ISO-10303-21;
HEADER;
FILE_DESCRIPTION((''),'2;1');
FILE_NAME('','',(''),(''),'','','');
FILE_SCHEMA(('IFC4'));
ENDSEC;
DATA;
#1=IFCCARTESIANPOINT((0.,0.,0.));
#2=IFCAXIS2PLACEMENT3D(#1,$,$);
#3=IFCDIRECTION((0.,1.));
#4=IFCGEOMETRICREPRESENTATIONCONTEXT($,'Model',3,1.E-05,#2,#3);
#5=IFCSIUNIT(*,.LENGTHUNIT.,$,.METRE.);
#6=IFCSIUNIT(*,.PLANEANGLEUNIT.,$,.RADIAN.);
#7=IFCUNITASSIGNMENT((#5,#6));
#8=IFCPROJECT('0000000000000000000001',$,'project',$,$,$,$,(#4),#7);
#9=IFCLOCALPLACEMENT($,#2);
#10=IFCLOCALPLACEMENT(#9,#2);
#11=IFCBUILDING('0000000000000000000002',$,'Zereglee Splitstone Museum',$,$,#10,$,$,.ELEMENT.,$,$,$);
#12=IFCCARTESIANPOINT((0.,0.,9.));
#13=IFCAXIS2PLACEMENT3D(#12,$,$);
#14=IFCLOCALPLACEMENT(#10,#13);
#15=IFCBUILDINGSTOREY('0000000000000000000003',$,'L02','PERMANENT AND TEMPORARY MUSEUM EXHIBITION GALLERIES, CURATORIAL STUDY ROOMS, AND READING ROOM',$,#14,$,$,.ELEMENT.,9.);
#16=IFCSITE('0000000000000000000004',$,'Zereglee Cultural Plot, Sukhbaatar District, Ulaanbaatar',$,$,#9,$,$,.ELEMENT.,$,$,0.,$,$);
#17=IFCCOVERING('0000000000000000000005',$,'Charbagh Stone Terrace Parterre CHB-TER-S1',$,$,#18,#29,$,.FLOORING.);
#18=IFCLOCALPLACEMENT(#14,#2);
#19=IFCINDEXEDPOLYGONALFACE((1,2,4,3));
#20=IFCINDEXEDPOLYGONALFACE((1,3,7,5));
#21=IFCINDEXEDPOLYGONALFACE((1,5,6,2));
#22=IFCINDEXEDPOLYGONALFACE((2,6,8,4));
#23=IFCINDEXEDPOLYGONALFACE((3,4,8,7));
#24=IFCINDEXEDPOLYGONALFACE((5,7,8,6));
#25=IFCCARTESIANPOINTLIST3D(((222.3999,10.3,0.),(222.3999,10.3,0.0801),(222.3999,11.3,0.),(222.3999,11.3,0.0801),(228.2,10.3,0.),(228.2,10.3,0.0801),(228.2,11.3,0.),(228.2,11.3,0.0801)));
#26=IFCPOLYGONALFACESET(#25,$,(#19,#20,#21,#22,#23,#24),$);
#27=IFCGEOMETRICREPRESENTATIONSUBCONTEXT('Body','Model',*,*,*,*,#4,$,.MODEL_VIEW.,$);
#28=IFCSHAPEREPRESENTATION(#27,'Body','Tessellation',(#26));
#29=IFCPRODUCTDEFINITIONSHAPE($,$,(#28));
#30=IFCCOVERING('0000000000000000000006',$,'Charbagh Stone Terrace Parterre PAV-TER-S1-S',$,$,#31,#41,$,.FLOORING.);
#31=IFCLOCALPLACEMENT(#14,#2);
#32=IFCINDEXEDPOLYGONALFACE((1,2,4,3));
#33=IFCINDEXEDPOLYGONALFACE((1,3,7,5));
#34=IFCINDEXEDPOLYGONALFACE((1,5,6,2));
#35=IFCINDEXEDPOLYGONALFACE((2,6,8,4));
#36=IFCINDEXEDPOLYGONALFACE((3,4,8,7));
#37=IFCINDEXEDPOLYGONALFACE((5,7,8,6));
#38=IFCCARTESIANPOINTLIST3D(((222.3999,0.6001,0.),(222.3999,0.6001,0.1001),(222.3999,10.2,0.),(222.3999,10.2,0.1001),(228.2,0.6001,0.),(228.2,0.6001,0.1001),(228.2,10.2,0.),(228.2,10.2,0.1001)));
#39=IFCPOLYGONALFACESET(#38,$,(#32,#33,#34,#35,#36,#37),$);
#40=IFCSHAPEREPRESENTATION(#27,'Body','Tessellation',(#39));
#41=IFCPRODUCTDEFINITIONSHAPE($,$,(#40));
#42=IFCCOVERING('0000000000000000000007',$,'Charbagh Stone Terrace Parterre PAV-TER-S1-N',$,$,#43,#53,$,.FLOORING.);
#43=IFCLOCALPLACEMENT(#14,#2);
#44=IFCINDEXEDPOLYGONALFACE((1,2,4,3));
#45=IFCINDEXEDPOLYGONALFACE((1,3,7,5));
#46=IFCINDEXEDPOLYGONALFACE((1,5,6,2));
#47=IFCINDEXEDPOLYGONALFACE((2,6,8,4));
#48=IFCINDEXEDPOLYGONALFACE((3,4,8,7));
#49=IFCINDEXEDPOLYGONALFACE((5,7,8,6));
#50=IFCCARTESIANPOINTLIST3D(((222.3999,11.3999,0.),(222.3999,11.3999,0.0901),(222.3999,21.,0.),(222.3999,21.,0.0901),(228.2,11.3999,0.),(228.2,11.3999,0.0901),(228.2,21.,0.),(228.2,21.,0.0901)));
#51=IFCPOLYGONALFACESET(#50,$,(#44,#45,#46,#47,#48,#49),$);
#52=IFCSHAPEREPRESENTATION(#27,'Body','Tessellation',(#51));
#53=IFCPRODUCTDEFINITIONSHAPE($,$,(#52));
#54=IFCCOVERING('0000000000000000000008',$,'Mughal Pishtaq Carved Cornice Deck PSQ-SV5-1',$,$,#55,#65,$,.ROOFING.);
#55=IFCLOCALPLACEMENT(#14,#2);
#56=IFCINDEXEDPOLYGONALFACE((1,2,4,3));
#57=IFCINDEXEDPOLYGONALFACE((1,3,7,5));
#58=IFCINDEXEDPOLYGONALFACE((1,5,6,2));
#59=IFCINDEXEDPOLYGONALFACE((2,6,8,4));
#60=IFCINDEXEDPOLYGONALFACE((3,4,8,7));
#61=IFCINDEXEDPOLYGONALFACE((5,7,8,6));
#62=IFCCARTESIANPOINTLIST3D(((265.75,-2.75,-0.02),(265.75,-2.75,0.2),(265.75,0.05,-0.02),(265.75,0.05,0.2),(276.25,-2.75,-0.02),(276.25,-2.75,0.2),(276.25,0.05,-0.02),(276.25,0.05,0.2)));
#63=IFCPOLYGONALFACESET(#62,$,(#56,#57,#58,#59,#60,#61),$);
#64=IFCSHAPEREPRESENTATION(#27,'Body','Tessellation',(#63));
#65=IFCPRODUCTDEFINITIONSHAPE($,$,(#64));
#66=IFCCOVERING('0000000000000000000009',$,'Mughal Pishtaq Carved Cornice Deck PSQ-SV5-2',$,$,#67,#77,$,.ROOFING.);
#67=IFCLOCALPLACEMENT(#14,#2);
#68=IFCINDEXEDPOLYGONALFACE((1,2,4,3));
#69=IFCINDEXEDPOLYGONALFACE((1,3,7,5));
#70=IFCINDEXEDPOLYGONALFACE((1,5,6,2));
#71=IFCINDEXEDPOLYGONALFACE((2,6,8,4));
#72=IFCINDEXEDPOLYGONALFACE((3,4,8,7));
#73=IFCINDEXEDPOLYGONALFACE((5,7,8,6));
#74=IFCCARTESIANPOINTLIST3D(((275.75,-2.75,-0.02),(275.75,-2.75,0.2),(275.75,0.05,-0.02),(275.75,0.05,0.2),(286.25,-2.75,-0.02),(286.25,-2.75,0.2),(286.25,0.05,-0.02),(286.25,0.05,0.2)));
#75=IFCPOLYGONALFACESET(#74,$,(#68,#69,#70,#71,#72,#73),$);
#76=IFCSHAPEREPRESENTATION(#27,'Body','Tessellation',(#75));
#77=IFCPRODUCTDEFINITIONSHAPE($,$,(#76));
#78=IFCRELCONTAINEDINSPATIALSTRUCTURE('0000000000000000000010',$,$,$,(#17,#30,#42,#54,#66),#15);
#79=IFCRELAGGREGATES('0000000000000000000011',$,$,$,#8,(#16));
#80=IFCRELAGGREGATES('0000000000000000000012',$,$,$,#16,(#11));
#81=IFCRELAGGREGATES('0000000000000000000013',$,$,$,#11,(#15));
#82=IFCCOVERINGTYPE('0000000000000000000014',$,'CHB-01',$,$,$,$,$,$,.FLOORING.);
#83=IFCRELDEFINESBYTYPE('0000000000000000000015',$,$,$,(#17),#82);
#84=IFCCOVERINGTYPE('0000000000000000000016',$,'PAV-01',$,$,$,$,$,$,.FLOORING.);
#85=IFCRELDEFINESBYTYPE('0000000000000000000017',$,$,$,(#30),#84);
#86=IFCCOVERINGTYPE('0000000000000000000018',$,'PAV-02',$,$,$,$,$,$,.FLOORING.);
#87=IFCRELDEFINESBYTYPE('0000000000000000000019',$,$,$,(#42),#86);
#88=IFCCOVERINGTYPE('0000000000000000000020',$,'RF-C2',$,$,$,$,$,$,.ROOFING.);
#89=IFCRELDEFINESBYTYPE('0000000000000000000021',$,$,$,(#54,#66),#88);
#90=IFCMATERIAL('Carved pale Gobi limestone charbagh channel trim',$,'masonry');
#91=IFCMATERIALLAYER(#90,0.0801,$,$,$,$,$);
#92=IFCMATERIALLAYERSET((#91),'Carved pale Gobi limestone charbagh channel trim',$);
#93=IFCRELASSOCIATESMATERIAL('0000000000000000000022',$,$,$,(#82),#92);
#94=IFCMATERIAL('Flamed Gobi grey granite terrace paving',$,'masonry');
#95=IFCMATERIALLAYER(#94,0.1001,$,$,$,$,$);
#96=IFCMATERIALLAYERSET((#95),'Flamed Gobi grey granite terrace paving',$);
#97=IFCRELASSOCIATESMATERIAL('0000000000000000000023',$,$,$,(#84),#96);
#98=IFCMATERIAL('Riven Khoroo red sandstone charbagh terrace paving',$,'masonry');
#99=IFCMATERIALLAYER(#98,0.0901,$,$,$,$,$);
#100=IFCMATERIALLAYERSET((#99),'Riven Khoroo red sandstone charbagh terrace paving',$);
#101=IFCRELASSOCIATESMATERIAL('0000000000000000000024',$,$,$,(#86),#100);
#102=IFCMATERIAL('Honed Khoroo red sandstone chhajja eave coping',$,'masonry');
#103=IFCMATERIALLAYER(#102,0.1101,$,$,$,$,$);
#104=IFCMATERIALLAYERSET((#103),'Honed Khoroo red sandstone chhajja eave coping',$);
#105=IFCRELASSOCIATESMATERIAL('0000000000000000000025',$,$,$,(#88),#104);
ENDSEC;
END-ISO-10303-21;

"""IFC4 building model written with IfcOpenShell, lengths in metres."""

from ifc_helpers import new_model, si_unit, direction, frame, origin, place, context, subcontext, project, spatial, polyline, outline, extrude, material, layer, layer_set, type_object, element, save


model = new_model("IFC4")

# Units and contexts
model_context = context("Model", 3, precision=1e-05, world=origin(), true_north=direction((0.0, 1.0)))
body_context = subcontext(model_context, "Body", "Model", "MODEL_VIEW")
ifc_project = project(units=[si_unit("LENGTHUNIT", "METRE"), si_unit("PLANEANGLEUNIT", "RADIAN")], contexts=[model_context])

# Site, building, storey
site_placement = place(None, origin())
site = spatial("IfcSite", under=ifc_project, at=site_placement, Name="Zereglee Cultural Plot, Sukhbaatar District, Ulaanbaatar", CompositionType="ELEMENT", RefElevation=0.0)
building_placement = place(site_placement, origin())
building = spatial("IfcBuilding", under=site, at=building_placement, Name="Zereglee Splitstone Museum", CompositionType="ELEMENT")
storey_placement = place(building_placement, frame((0.0, 0.0, 9.0)))
storey = spatial("IfcBuildingStorey", under=building, at=storey_placement, Name="L02", Description="PERMANENT AND TEMPORARY MUSEUM EXHIBITION GALLERIES, CURATORIAL STUDY ROOMS, AND READING ROOM", CompositionType="ELEMENT", Elevation=9.0)

# Coverings
ifc_material_1 = material(Name="Carved pale Gobi limestone charbagh channel trim", Category="masonry")
ifc_layer_1 = layer(ifc_material_1, 0.0801)
ifc_layer_set_1 = layer_set([ifc_layer_1], Name="Carved pale Gobi limestone charbagh channel trim")
covering_type_1 = type_object("IfcCoveringType", Name="CHB-01", PredefinedType="FLOORING", material=ifc_layer_set_1)
covering_1_placement = place(storey_placement, origin())
element("IfcCovering", 1, at=covering_1_placement, inside=storey, type_object=covering_type_1, Name="Charbagh Stone Terrace Parterre CHB-TER-S1", PredefinedType="FLOORING", context=body_context, shape_type="SweptSolid", body=[
    extrude(outline(polyline([(222.3999, 10.3), (228.2, 10.3), (228.2, 11.3), (222.3999, 11.3), (222.3999, 10.3)])), origin(), (0.0, 0.0, 1.0), 0.0801),
])
ifc_material_2 = material(Name="Flamed Gobi grey granite terrace paving", Category="masonry")
ifc_layer_2 = layer(ifc_material_2, 0.1001)
ifc_layer_set_2 = layer_set([ifc_layer_2], Name="Flamed Gobi grey granite terrace paving")
covering_type_2 = type_object("IfcCoveringType", Name="PAV-01", PredefinedType="FLOORING", material=ifc_layer_set_2)
covering_2_placement = place(storey_placement, origin())
element("IfcCovering", 2, at=covering_2_placement, inside=storey, type_object=covering_type_2, Name="Charbagh Stone Terrace Parterre PAV-TER-S1-S", PredefinedType="FLOORING", context=body_context, shape_type="SweptSolid", body=[
    extrude(outline(polyline([(222.3999, 0.6001), (228.2, 0.6001), (228.2, 10.2), (222.3999, 10.2), (222.3999, 0.6001)])), origin(), (0.0, 0.0, 1.0), 0.1001),
])
ifc_material_3 = material(Name="Riven Khoroo red sandstone charbagh terrace paving", Category="masonry")
ifc_layer_3 = layer(ifc_material_3, 0.0901)
ifc_layer_set_3 = layer_set([ifc_layer_3], Name="Riven Khoroo red sandstone charbagh terrace paving")
covering_type_3 = type_object("IfcCoveringType", Name="PAV-02", PredefinedType="FLOORING", material=ifc_layer_set_3)
covering_3_placement = place(storey_placement, origin())
element("IfcCovering", 3, at=covering_3_placement, inside=storey, type_object=covering_type_3, Name="Charbagh Stone Terrace Parterre PAV-TER-S1-N", PredefinedType="FLOORING", context=body_context, shape_type="SweptSolid", body=[
    extrude(outline(polyline([(222.3999, 11.3999), (228.2, 11.3999), (228.2, 21.0), (222.3999, 21.0), (222.3999, 11.3999)])), origin(), (0.0, 0.0, 1.0), 0.0901),
])
ifc_material_4 = material(Name="Honed Khoroo red sandstone chhajja eave coping", Category="masonry")
ifc_layer_4 = layer(ifc_material_4, 0.1101)
ifc_layer_set_4 = layer_set([ifc_layer_4], Name="Honed Khoroo red sandstone chhajja eave coping")
covering_type_4 = type_object("IfcCoveringType", Name="RF-C2", PredefinedType="ROOFING", material=ifc_layer_set_4)
covering_4_placement = place(storey_placement, frame((0.0, 0.0, -0.02)))
element("IfcCovering", 4, at=covering_4_placement, inside=storey, type_object=covering_type_4, Name="Mughal Pishtaq Carved Cornice Deck PSQ-SV5-1", PredefinedType="ROOFING", context=body_context, shape_type="SweptSolid", body=[
    extrude(outline(polyline([(265.75, -2.75), (276.25, -2.75), (276.25, 0.05), (265.75, 0.05), (265.75, -2.75)])), origin(), (0.0, 0.0, 1.0), 0.22),
])
covering_5_placement = place(storey_placement, frame((0.0, 0.0, -0.02)))
element("IfcCovering", 5, at=covering_5_placement, inside=storey, type_object=covering_type_4, Name="Mughal Pishtaq Carved Cornice Deck PSQ-SV5-2", PredefinedType="ROOFING", context=body_context, shape_type="SweptSolid", body=[
    extrude(outline(polyline([(275.75, -2.75), (286.25, -2.75), (286.25, 0.05), (275.75, 0.05), (275.75, -2.75)])), origin(), (0.0, 0.0, 1.0), 0.22),
])

save(model, "model.ifc")
